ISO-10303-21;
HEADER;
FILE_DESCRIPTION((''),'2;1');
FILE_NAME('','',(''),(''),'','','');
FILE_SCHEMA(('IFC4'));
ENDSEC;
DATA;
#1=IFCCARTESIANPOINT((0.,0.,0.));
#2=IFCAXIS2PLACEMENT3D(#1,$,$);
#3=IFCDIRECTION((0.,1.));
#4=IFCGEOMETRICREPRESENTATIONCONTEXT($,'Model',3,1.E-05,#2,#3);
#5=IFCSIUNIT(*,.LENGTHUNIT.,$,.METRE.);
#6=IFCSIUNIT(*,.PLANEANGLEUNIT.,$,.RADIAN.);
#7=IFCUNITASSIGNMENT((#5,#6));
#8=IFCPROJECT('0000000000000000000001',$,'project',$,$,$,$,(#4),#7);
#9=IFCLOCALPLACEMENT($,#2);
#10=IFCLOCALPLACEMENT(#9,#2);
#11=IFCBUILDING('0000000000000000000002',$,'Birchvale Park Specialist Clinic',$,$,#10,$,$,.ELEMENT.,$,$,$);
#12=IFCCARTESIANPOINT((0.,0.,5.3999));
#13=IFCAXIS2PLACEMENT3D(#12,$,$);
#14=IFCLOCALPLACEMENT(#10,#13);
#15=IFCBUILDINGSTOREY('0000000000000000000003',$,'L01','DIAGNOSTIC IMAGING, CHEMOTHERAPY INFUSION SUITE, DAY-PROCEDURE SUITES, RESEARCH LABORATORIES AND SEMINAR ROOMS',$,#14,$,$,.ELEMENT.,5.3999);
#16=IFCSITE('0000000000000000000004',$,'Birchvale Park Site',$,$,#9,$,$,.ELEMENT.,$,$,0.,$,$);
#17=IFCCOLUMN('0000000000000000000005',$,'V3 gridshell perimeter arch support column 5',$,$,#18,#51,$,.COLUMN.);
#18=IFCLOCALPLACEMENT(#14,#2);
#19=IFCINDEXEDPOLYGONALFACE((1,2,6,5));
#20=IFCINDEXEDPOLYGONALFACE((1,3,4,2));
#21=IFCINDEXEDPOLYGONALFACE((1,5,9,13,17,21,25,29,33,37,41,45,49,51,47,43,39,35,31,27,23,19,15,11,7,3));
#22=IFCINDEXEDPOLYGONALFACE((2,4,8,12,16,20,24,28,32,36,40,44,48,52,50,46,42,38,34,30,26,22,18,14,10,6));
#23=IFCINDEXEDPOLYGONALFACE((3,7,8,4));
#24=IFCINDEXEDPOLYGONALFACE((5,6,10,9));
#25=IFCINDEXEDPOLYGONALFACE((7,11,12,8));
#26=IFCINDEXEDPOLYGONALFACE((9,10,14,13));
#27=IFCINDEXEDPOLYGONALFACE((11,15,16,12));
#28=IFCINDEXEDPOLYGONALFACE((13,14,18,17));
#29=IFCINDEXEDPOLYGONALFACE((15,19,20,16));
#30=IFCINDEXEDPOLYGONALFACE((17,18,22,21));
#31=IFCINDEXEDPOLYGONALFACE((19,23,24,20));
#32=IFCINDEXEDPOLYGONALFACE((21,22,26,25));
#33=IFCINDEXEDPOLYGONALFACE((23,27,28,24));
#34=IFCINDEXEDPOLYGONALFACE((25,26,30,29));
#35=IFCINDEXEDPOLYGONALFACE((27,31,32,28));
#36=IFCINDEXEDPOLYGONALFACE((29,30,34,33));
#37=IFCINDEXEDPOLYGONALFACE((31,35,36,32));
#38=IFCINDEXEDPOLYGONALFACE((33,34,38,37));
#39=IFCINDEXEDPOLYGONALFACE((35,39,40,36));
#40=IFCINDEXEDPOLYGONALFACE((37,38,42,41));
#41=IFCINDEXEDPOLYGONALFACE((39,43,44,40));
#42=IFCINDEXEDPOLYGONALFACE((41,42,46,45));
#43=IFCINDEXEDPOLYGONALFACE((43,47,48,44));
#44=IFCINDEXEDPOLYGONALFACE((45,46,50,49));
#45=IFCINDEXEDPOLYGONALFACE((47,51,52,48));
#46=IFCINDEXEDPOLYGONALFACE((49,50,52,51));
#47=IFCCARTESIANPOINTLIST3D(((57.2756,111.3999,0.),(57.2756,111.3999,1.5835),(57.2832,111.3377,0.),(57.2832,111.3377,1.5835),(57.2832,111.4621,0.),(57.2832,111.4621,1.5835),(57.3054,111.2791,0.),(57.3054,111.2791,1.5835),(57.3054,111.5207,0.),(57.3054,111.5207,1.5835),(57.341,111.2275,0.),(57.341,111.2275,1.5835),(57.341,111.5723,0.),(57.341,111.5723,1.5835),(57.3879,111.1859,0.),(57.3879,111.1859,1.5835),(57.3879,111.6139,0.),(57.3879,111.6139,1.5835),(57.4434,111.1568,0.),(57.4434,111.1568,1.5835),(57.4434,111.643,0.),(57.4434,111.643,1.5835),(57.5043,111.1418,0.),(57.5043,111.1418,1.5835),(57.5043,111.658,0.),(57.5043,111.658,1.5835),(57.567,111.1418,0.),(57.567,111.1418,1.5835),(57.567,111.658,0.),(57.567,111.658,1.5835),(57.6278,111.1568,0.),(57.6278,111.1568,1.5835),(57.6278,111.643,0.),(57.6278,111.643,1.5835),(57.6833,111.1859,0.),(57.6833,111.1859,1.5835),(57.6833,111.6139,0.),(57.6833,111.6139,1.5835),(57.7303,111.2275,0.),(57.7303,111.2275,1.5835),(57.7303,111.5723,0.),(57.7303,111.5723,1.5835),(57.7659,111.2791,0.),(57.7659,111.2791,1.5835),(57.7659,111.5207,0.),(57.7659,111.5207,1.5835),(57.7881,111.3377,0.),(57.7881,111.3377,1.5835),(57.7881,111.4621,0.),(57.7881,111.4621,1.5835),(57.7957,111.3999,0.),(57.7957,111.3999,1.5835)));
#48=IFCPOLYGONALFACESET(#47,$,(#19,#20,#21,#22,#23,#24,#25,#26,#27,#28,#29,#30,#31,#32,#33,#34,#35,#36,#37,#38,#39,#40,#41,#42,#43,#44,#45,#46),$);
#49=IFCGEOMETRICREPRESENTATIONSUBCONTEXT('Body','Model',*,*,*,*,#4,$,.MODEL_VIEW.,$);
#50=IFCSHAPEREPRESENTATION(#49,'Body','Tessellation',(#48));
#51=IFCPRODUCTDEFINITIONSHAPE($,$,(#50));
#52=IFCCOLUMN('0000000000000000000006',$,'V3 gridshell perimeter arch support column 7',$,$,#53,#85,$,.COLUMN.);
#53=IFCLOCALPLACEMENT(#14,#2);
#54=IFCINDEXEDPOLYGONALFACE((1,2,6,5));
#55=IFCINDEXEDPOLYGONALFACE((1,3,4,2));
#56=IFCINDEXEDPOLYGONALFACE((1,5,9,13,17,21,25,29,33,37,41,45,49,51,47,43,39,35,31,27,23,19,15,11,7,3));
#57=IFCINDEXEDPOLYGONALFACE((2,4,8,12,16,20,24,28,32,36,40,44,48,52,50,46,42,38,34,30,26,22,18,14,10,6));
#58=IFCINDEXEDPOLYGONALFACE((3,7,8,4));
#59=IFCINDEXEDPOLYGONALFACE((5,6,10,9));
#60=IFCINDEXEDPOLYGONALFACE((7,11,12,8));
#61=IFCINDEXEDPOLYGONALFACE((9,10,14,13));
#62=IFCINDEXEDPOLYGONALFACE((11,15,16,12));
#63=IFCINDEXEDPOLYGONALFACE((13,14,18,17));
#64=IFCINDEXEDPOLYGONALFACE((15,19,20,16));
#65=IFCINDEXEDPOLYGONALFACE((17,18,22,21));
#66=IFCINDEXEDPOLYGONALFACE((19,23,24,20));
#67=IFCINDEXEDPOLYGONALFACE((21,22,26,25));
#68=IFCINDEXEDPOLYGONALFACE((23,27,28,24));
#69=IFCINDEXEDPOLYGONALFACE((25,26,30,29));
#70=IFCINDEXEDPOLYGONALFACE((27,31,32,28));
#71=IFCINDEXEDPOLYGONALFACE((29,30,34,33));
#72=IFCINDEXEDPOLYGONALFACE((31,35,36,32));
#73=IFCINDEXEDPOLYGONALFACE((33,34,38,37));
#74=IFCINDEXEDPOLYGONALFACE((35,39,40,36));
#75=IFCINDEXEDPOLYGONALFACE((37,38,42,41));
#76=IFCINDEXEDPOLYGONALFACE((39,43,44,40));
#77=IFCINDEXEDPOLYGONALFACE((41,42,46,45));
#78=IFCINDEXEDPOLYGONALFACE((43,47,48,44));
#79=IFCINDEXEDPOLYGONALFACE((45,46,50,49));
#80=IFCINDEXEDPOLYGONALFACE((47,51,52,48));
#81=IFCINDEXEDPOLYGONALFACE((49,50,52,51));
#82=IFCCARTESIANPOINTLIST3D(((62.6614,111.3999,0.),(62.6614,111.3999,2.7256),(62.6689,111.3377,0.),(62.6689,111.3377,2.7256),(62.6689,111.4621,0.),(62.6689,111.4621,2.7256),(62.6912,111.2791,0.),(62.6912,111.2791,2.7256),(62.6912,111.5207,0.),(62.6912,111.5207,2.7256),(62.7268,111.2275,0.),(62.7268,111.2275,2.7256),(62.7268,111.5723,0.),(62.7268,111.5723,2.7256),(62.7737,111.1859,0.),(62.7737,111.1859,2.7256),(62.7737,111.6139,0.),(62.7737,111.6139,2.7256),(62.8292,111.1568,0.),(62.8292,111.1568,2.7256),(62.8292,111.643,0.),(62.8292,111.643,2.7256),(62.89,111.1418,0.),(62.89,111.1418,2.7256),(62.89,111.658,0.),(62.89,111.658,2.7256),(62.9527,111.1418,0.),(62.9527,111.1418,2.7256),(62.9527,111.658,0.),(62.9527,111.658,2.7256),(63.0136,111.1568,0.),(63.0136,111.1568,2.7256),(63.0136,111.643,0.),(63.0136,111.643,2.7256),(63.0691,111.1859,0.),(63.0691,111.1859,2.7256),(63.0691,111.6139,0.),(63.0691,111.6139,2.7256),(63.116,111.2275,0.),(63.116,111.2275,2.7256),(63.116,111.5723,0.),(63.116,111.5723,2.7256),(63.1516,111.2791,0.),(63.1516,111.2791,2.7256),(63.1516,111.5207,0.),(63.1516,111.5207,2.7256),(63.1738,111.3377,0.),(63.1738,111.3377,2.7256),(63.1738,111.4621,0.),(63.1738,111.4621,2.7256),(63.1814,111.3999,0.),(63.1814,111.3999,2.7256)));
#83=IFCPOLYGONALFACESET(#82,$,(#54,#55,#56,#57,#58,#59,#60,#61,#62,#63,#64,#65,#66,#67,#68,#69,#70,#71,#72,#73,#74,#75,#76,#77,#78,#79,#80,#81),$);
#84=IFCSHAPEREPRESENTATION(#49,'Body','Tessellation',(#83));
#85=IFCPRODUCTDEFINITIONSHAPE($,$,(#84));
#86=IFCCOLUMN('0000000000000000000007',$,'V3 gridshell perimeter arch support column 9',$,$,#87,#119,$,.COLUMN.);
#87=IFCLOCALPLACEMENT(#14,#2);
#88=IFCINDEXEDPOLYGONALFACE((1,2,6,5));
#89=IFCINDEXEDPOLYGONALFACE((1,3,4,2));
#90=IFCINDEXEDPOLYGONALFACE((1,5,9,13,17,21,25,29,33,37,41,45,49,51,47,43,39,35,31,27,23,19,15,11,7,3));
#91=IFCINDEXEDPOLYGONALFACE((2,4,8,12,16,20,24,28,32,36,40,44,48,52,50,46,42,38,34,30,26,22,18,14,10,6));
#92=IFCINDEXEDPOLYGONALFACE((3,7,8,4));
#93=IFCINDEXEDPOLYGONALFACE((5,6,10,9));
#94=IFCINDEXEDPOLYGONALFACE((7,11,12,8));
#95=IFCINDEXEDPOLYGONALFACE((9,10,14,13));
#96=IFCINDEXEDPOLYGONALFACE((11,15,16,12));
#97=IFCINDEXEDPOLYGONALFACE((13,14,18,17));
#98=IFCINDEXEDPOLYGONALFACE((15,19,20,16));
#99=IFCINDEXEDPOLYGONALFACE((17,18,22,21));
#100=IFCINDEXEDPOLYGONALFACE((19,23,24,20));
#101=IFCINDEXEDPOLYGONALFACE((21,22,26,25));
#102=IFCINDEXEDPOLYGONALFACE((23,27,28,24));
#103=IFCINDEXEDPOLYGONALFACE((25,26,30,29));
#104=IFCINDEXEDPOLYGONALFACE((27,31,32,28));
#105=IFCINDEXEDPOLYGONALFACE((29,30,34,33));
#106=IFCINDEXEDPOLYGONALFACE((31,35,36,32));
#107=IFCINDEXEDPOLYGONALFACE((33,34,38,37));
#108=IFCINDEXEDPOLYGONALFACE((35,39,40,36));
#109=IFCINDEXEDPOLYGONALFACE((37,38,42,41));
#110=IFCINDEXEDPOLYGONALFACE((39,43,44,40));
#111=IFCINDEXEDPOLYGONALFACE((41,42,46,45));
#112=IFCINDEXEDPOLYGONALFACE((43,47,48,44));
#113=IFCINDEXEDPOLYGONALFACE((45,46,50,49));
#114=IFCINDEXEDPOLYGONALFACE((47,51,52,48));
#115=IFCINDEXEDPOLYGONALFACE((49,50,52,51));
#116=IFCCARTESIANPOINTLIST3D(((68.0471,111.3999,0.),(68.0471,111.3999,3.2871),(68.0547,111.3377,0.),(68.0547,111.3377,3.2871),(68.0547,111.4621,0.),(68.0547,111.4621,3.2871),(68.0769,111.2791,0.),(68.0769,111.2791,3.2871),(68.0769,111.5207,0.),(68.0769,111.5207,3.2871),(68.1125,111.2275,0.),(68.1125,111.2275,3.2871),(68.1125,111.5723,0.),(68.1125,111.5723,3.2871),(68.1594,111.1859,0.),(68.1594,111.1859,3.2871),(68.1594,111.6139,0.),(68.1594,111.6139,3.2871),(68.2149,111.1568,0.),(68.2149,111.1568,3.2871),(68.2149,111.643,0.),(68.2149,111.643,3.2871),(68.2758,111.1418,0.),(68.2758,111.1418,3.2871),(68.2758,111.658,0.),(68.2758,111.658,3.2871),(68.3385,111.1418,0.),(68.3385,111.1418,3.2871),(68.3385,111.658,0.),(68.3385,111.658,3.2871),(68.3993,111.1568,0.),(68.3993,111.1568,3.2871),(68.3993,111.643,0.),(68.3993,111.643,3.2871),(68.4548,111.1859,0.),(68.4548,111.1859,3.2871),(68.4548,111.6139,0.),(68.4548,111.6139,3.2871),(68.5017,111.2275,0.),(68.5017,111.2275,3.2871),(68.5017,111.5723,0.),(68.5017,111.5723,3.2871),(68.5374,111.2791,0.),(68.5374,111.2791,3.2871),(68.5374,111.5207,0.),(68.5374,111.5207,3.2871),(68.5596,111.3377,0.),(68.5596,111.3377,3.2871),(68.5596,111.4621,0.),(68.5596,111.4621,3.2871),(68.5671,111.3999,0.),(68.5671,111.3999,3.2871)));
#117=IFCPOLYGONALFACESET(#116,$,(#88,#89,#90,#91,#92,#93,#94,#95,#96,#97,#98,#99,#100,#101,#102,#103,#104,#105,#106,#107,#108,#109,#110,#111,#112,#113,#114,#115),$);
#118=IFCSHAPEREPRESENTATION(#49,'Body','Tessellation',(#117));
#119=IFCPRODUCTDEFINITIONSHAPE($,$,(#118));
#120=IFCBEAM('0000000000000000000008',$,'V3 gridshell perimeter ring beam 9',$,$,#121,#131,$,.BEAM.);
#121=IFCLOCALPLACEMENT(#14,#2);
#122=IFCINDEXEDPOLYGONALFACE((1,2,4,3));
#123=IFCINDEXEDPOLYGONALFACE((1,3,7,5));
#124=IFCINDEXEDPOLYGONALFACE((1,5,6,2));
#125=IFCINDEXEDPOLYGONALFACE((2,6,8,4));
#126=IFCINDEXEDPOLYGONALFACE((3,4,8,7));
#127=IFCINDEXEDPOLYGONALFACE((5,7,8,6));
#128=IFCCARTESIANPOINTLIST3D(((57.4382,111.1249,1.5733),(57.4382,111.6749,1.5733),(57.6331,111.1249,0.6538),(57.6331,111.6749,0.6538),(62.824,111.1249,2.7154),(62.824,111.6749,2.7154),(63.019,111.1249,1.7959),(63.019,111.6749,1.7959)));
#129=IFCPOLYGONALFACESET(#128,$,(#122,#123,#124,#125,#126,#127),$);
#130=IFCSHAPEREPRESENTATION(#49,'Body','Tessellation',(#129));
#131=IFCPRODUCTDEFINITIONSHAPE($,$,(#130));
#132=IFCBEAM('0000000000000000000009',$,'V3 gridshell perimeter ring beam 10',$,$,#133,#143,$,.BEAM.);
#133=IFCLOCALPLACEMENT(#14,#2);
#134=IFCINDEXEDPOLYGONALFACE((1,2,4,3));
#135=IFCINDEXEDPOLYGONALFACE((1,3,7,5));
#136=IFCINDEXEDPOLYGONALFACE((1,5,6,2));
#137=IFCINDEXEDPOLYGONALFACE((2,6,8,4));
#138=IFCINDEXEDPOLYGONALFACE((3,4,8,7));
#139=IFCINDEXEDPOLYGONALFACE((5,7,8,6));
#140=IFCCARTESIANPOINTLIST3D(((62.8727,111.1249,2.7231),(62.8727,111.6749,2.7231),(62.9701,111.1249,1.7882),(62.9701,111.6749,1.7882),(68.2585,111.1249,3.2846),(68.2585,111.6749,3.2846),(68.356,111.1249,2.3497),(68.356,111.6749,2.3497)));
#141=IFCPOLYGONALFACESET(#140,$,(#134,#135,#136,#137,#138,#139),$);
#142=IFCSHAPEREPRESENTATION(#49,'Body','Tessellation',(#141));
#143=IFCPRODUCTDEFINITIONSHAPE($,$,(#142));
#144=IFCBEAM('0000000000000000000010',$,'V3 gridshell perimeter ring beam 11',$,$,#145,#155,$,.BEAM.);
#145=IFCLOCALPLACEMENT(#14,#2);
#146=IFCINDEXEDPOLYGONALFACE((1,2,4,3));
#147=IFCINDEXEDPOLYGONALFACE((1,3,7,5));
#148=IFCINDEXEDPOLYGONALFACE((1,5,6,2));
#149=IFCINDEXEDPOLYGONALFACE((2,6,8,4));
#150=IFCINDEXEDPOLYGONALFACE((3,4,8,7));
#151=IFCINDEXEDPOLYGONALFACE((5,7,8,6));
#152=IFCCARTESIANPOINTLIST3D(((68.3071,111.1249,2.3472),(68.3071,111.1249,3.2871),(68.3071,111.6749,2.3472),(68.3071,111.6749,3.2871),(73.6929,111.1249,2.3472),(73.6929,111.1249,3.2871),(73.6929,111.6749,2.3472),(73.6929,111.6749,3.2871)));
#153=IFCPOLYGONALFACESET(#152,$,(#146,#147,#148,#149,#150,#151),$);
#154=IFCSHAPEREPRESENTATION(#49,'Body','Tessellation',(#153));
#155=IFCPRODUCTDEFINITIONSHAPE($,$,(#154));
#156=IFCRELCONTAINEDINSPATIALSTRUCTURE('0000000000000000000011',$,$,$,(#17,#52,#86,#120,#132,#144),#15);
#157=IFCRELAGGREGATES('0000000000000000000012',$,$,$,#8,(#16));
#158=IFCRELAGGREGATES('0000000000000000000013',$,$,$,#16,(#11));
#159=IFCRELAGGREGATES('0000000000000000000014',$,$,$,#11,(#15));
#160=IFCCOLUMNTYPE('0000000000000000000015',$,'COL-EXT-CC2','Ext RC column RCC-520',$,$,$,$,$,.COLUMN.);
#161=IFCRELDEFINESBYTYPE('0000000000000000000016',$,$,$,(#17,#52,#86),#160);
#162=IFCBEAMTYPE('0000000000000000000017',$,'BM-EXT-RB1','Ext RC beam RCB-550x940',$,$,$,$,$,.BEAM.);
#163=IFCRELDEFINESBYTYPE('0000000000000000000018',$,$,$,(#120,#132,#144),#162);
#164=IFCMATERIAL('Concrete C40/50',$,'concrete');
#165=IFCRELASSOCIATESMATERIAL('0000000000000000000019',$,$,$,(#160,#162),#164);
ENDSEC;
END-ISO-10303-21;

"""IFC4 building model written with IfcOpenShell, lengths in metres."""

from ifc_helpers import new_model, si_unit, direction, frame, origin, origin_2d, place, context, subcontext, project, spatial, rectangle, circle, extrude, material, material_profile, profile_set, type_object, element, save


model = new_model("IFC4")

# Units and contexts
model_context = context("Model", 3, precision=1e-05, world=origin(), true_north=direction((0.0, 1.0)))
body_context = subcontext(model_context, "Body", "Model", "MODEL_VIEW")
ifc_project = project(units=[si_unit("LENGTHUNIT", "METRE"), si_unit("PLANEANGLEUNIT", "RADIAN")], contexts=[model_context])

# Site, building, storey
site_placement = place(None, origin())
site = spatial("IfcSite", under=ifc_project, at=site_placement, Name="Birchvale Park Site", CompositionType="ELEMENT", RefElevation=0.0)
building_placement = place(site_placement, origin())
building = spatial("IfcBuilding", under=site, at=building_placement, Name="Birchvale Park Specialist Clinic", CompositionType="ELEMENT")
storey_placement = place(building_placement, frame((0.0, 0.0, 5.3999)))
storey = spatial("IfcBuildingStorey", under=building, at=storey_placement, Name="L01", Description="DIAGNOSTIC IMAGING, CHEMOTHERAPY INFUSION SUITE, DAY-PROCEDURE SUITES, RESEARCH LABORATORIES AND SEMINAR ROOMS", CompositionType="ELEMENT", Elevation=5.3999)

# Columns
ifc_material_1 = material(Name="Concrete C40/50", Category="concrete")
ifc_material_profile_1 = material_profile(ifc_material_1, circle(Radius=0.26, at=origin_2d()), Name="RCC-520")
ifc_profile_set_1 = profile_set([ifc_material_profile_1], Name="Concrete C40/50")
column_type = type_object("IfcColumnType", Name="COL-EXT-CC2", Description="Ext RC column RCC-520", PredefinedType="COLUMN", material=ifc_profile_set_1)
column_1_placement = place(storey_placement, frame((57.5356, 111.3999, 0.0), z_axis=(0.0, 0.0, 1.0), x_axis=(1.0, 0.0, 0.0)))
element("IfcColumn", 1, at=column_1_placement, inside=storey, type_object=column_type, Name="V3 gridshell perimeter arch support column 5", PredefinedType="COLUMN", context=body_context, shape_type="SweptSolid", body=[
    extrude(circle(Radius=0.26, at=origin_2d()), origin(), (0.0, 0.0, 1.0), 1.5835),
])
column_2_placement = place(storey_placement, frame((62.9214, 111.3999, 0.0), z_axis=(0.0, 0.0, 1.0), x_axis=(1.0, 0.0, 0.0)))
element("IfcColumn", 2, at=column_2_placement, inside=storey, type_object=column_type, Name="V3 gridshell perimeter arch support column 7", PredefinedType="COLUMN", context=body_context, shape_type="SweptSolid", body=[
    extrude(circle(Radius=0.26, at=origin_2d()), origin(), (0.0, 0.0, 1.0), 2.7256),
])
column_3_placement = place(storey_placement, frame((68.3071, 111.3999, 0.0), z_axis=(0.0, 0.0, 1.0), x_axis=(1.0, 0.0, 0.0)))
element("IfcColumn", 3, at=column_3_placement, inside=storey, type_object=column_type, Name="V3 gridshell perimeter arch support column 9", PredefinedType="COLUMN", context=body_context, shape_type="SweptSolid", body=[
    extrude(circle(Radius=0.26, at=origin_2d()), origin(), (0.0, 0.0, 1.0), 3.2871),
])

# Beams
ifc_material_profile_2 = material_profile(ifc_material_1, rectangle(XDim=0.55, YDim=0.9399, at=origin_2d()), Name="RCB-550x940")
ifc_profile_set_2 = profile_set([ifc_material_profile_2], Name="Concrete C40/50")
beam_type = type_object("IfcBeamType", Name="BM-EXT-RB1", Description="Ext RC beam RCB-550x940", PredefinedType="BEAM", material=ifc_profile_set_2)
beam_1_placement = place(storey_placement, frame((57.5356, 111.3999, 1.1135), z_axis=(0.978247, 0.0, 0.207445), x_axis=(0.0, 1.0, 0.0)))
element("IfcBeam", 4, at=beam_1_placement, inside=storey, type_object=beam_type, Name="V3 gridshell perimeter ring beam 9", PredefinedType="BEAM", context=body_context, shape_type="SweptSolid", body=[
    extrude(rectangle(XDim=0.55, YDim=0.9399, at=origin_2d()), origin(), (0.0, 0.0, 1.0), 5.5056),
])
beam_2_placement = place(storey_placement, frame((62.9214, 111.3999, 2.2556), z_axis=(0.994609, 0.0, 0.103699), x_axis=(0.0, 1.0, 0.0)))
element("IfcBeam", 5, at=beam_2_placement, inside=storey, type_object=beam_type, Name="V3 gridshell perimeter ring beam 10", PredefinedType="BEAM", context=body_context, shape_type="SweptSolid", body=[
    extrude(rectangle(XDim=0.55, YDim=0.9399, at=origin_2d()), origin(), (0.0, 0.0, 1.0), 5.415),
])
beam_3_placement = place(storey_placement, frame((68.3071, 111.3999, 2.8171), z_axis=(1.0, 0.0, 0.0), x_axis=(0.0, 1.0, 0.0)))
element("IfcBeam", 6, at=beam_3_placement, inside=storey, type_object=beam_type, Name="V3 gridshell perimeter ring beam 11", PredefinedType="BEAM", context=body_context, shape_type="SweptSolid", body=[
    extrude(rectangle(XDim=0.55, YDim=0.9399, at=origin_2d()), origin(), (0.0, 0.0, 1.0), 5.3857),
])

save(model, "model.ifc")
